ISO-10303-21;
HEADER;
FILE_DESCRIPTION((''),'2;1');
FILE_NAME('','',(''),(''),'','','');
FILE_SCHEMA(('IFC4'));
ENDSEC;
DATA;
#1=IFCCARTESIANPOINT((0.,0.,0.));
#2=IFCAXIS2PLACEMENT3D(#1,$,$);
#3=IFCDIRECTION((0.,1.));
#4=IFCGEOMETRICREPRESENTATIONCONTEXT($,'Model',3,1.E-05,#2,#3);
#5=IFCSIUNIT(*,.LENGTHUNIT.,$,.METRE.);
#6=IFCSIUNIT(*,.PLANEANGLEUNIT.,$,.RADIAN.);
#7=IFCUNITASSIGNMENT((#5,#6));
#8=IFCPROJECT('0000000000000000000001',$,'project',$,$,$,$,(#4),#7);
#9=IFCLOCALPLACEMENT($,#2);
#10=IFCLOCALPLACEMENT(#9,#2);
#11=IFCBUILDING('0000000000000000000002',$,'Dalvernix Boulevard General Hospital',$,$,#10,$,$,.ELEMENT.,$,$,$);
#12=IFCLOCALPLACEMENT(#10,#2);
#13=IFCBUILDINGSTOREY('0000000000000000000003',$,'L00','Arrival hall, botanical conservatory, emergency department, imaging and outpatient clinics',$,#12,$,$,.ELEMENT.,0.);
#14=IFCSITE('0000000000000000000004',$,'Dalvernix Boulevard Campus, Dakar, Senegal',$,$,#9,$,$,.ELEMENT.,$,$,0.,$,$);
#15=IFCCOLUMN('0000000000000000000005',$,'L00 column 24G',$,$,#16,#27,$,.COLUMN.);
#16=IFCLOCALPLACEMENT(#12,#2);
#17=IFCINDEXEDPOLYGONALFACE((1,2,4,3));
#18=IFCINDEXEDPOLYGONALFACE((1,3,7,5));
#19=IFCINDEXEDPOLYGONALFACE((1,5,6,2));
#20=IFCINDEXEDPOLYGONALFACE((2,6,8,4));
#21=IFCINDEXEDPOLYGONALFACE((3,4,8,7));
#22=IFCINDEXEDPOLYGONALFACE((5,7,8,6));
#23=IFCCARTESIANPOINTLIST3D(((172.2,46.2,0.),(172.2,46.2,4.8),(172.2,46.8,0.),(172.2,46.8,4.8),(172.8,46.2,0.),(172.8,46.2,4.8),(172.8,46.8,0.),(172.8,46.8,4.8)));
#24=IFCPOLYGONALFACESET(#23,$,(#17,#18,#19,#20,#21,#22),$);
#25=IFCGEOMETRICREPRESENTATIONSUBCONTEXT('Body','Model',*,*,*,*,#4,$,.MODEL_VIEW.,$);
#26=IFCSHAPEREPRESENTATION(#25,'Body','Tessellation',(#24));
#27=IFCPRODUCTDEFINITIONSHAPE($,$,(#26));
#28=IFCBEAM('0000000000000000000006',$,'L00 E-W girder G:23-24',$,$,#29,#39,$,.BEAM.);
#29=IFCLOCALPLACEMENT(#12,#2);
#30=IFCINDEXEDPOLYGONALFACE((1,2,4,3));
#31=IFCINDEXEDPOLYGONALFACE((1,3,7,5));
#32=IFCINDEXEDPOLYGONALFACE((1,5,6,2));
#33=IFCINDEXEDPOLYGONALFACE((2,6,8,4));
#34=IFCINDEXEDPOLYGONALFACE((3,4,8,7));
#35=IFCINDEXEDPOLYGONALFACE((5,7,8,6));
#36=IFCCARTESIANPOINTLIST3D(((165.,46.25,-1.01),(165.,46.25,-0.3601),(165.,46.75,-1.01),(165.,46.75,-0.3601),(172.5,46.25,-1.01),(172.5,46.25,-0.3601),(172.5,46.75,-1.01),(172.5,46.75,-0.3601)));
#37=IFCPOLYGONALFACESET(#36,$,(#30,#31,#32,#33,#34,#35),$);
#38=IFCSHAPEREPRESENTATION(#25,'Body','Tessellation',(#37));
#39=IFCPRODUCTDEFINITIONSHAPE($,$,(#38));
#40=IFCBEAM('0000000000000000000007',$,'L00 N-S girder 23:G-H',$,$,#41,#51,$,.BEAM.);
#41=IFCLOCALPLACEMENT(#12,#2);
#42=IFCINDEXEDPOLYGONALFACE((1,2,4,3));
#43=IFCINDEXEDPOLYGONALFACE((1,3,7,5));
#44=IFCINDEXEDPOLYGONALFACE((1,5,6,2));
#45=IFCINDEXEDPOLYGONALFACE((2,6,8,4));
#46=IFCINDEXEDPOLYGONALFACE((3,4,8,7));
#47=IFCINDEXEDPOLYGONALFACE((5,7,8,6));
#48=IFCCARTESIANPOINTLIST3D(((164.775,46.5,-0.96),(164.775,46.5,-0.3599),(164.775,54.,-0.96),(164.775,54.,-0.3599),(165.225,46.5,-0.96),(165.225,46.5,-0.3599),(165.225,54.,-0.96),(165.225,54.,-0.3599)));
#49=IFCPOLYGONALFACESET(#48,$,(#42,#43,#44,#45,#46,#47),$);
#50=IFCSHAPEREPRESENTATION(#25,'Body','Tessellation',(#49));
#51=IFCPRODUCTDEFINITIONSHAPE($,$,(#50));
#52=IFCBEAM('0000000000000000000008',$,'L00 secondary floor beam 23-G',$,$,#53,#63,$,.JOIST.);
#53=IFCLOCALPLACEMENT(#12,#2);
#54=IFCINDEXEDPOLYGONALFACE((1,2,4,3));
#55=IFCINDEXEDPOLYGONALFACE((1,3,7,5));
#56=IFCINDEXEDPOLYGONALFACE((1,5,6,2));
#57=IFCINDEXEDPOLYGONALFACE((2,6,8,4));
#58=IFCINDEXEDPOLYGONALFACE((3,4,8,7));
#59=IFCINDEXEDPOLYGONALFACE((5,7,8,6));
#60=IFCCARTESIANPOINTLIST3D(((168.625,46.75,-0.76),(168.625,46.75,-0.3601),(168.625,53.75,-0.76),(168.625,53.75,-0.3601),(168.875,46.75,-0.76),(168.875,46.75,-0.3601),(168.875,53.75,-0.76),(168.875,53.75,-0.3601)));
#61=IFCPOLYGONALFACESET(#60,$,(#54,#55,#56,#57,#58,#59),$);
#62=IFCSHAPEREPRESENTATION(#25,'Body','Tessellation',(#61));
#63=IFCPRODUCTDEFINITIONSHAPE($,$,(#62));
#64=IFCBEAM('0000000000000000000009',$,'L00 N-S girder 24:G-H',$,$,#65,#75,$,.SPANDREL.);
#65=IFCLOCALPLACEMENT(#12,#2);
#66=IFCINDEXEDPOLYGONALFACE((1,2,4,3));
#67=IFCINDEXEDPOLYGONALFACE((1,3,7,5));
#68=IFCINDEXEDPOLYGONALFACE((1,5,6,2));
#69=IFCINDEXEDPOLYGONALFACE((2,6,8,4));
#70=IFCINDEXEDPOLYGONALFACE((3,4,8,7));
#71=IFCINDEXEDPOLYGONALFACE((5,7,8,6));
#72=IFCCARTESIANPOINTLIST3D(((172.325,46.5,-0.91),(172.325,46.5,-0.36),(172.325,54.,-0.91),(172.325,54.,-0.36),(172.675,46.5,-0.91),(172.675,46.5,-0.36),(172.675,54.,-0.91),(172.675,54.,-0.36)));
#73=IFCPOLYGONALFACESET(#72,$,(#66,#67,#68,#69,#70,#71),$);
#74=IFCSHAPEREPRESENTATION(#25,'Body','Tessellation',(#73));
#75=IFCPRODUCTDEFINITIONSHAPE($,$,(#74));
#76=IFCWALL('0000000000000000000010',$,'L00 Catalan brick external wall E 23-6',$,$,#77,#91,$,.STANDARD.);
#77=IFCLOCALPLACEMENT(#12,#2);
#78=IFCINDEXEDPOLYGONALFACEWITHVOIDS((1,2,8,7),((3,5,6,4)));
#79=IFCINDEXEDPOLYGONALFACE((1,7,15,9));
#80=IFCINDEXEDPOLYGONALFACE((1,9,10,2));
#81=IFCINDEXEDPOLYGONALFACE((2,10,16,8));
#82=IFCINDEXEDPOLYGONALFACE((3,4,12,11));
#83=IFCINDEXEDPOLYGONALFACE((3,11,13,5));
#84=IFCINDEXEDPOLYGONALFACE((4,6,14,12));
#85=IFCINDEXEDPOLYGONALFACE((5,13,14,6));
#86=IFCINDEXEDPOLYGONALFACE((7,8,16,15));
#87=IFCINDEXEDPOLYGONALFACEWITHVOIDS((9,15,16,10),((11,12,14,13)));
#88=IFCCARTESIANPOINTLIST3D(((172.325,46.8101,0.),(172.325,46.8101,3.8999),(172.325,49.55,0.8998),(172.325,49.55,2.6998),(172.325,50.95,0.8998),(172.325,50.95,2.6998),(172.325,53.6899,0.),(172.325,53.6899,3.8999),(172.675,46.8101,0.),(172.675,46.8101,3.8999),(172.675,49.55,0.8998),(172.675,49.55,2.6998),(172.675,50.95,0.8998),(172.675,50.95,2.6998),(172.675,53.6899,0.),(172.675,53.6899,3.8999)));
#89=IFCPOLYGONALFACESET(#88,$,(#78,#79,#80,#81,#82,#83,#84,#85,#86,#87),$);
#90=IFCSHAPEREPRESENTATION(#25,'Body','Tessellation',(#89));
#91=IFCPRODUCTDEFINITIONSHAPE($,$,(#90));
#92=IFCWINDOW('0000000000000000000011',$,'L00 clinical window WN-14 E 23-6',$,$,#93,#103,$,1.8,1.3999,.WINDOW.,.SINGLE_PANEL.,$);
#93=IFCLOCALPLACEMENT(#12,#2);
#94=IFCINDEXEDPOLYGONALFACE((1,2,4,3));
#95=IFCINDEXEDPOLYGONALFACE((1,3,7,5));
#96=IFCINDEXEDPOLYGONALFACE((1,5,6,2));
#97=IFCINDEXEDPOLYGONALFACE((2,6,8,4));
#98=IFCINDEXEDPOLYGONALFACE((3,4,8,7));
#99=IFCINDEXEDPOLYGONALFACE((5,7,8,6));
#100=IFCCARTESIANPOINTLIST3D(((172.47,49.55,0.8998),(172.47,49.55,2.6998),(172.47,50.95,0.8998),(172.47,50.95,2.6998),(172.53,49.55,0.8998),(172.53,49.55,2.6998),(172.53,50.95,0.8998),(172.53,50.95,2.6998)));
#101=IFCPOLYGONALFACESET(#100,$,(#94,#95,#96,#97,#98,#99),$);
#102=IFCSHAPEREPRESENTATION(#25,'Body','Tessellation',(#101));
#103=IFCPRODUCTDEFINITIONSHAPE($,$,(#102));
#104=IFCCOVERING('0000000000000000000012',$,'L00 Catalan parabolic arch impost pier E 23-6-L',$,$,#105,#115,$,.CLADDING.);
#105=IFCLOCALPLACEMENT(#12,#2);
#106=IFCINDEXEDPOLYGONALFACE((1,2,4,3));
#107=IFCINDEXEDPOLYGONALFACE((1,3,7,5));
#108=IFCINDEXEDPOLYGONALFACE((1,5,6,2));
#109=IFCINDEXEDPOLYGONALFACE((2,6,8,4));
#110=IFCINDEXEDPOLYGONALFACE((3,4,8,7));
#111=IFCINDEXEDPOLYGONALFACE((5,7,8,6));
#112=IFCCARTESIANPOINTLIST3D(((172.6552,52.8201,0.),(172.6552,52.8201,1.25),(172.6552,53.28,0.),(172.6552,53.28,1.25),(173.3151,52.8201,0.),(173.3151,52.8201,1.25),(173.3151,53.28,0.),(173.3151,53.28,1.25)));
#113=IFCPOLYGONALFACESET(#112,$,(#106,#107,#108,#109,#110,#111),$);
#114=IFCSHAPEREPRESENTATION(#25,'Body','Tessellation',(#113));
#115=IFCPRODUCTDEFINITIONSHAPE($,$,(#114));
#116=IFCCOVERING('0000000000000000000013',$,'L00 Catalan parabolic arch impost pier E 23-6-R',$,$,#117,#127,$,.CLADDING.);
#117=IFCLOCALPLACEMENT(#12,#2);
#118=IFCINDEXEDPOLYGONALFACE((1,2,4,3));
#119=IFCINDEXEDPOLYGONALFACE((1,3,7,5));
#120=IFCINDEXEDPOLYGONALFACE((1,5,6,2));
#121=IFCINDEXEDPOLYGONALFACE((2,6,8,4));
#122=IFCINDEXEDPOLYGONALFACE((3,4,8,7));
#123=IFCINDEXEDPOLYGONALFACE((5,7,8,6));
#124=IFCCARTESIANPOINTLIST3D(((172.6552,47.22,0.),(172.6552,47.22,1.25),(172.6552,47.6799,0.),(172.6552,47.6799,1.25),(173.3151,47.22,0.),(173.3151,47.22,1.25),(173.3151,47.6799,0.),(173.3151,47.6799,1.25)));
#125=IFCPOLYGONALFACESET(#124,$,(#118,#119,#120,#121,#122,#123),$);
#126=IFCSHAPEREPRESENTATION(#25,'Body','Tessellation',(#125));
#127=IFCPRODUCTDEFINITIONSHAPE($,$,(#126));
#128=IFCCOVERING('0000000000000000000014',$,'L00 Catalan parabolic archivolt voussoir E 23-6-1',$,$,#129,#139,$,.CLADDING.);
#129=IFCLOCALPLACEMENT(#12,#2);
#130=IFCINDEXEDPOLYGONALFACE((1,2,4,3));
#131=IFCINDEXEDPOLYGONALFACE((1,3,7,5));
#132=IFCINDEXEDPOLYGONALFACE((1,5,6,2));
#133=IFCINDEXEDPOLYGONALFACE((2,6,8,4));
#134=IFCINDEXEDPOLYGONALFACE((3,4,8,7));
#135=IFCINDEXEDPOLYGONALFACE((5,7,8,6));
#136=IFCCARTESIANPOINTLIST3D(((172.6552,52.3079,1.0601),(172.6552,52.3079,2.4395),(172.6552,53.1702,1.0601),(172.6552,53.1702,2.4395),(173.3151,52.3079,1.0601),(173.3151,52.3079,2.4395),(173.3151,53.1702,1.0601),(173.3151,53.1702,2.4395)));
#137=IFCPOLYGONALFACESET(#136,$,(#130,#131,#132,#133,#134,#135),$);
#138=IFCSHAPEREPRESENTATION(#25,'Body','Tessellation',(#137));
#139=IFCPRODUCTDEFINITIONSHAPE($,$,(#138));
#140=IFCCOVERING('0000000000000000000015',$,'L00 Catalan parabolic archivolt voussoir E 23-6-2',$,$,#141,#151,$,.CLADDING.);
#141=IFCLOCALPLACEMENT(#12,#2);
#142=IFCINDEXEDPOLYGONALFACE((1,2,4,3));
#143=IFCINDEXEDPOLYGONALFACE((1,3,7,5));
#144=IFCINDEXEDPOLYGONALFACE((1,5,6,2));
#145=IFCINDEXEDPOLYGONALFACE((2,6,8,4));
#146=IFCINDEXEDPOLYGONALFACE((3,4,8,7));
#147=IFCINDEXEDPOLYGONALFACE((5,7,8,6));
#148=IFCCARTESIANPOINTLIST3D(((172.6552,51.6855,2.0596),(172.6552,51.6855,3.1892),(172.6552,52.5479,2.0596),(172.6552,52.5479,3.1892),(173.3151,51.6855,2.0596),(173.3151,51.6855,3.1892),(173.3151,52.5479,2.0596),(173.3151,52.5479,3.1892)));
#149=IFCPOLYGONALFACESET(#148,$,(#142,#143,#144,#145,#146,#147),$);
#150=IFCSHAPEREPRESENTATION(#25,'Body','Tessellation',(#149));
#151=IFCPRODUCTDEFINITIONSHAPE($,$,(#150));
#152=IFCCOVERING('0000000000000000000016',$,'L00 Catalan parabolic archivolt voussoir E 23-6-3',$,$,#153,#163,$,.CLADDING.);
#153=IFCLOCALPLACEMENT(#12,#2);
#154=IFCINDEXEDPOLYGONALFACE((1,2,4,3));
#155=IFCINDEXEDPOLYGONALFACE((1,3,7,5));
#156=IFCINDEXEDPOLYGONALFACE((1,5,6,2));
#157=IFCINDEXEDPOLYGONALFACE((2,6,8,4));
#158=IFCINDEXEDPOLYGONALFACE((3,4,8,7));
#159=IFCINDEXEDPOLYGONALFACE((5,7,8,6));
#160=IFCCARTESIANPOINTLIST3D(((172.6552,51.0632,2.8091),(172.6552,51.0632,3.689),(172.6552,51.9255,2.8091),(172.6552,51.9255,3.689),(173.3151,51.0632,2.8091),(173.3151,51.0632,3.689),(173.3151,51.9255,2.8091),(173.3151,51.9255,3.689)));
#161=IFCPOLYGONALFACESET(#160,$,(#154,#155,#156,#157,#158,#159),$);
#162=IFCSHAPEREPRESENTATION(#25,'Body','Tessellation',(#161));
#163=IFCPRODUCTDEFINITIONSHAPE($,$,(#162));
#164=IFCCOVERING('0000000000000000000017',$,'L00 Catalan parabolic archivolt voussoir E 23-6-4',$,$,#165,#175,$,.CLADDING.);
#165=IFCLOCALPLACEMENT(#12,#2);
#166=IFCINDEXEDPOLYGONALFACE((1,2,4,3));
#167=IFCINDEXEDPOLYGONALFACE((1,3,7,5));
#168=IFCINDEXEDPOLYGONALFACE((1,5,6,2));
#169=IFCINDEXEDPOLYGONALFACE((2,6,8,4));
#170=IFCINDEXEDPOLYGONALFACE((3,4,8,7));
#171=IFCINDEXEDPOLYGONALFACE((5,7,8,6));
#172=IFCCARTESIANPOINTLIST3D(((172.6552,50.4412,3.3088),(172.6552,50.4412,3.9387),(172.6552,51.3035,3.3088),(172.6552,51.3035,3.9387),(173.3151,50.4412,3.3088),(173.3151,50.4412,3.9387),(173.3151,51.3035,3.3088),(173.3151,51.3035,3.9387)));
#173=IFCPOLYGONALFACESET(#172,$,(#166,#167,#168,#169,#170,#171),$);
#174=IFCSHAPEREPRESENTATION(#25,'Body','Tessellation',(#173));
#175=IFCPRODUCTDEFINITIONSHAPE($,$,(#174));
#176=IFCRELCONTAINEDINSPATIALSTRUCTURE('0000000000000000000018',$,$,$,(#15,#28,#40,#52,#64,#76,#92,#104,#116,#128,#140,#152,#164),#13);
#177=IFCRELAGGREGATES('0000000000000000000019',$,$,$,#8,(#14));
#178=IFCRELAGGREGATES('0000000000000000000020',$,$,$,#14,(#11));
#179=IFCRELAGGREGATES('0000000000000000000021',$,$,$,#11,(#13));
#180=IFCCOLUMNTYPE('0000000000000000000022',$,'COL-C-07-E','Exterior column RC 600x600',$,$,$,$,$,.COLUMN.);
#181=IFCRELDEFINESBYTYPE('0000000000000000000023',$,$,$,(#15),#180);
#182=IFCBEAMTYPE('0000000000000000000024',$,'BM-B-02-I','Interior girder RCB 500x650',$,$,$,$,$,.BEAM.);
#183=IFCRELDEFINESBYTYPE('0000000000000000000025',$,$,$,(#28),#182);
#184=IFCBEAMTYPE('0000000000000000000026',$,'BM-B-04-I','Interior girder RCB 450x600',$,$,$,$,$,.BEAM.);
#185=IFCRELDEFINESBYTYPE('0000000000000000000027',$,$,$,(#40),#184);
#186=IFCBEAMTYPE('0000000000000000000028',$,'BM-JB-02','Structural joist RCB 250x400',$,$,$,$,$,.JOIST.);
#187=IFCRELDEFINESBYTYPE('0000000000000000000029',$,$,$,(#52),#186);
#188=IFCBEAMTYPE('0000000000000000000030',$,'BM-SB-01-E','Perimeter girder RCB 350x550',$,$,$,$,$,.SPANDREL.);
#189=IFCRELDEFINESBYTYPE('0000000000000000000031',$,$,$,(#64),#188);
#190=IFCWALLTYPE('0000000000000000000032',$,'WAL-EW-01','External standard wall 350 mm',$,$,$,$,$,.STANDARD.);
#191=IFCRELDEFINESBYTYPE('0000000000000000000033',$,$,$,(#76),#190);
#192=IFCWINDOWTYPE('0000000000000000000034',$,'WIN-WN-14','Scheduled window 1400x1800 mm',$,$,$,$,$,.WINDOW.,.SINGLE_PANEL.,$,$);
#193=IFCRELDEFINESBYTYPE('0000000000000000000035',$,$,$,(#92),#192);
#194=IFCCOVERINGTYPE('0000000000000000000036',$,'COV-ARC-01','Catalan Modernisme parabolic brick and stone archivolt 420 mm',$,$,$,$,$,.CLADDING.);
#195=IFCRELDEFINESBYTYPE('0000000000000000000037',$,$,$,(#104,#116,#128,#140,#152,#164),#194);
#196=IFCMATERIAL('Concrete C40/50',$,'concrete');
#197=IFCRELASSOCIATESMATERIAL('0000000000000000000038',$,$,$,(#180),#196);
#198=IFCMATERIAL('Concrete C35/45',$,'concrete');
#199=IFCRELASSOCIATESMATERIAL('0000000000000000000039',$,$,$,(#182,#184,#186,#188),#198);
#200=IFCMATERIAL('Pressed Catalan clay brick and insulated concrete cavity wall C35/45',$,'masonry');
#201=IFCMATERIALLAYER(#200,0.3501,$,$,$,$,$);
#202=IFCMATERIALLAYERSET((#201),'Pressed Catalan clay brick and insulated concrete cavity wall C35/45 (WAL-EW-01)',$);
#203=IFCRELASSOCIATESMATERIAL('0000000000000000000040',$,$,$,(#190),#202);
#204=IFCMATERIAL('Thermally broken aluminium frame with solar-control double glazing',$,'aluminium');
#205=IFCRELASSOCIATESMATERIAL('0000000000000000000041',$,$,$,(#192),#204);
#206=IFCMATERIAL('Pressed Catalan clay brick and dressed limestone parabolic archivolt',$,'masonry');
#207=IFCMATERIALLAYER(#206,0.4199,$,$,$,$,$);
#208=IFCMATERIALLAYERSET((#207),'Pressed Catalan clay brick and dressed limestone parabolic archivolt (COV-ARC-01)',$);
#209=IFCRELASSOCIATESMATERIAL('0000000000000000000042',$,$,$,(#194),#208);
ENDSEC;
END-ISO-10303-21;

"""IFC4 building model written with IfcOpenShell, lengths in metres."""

from ifc_helpers import new_model, si_unit, direction, frame, frame_2d, origin, origin_2d, place, context, subcontext, project, spatial, rectangle, extrude, material, layer, layer_set, material_profile, profile_set, type_object, element, fill, save


model = new_model("IFC4")

# Units and contexts
model_context = context("Model", 3, precision=1e-05, world=origin(), true_north=direction((0.0, 1.0)))
body_context = subcontext(model_context, "Body", "Model", "MODEL_VIEW")
ifc_project = project(units=[si_unit("LENGTHUNIT", "METRE"), si_unit("PLANEANGLEUNIT", "RADIAN")], contexts=[model_context])

# Site, building, storey
site_placement = place(None, origin())
site = spatial("IfcSite", under=ifc_project, at=site_placement, Name="Dalvernix Boulevard Campus, Dakar, Senegal", CompositionType="ELEMENT", RefElevation=0.0)
building_placement = place(site_placement, origin())
building = spatial("IfcBuilding", under=site, at=building_placement, Name="Dalvernix Boulevard General Hospital", CompositionType="ELEMENT")
storey_placement = place(building_placement, origin())
storey = spatial("IfcBuildingStorey", under=building, at=storey_placement, Name="L00", Description="Arrival hall, botanical conservatory, emergency department, imaging and outpatient clinics", CompositionType="ELEMENT", Elevation=0.0)

# Column
ifc_material_1 = material(Name="Concrete C40/50", Category="concrete")
ifc_material_profile_1 = material_profile(ifc_material_1, rectangle(XDim=0.6001, YDim=0.6001, at=origin_2d()), Name="RC 600x600")
ifc_profile_set_1 = profile_set([ifc_material_profile_1], Name="Concrete C40/50")
column_type = type_object("IfcColumnType", Name="COL-C-07-E", Description="Exterior column RC 600x600", PredefinedType="COLUMN", material=ifc_profile_set_1)
column_placement = place(storey_placement, frame((172.5, 46.5, 0.0), z_axis=(0.0, 0.0, 1.0), x_axis=(1.0, 0.0, 0.0)))
element("IfcColumn", 1, at=column_placement, inside=storey, type_object=column_type, Name="L00 column 24G", PredefinedType="COLUMN", context=body_context, shape_type="SweptSolid", body=[
    extrude(rectangle(XDim=0.6001, YDim=0.6001, at=origin_2d()), origin(), (0.0, 0.0, 1.0), 4.8),
])

# Beams
ifc_material_2 = material(Name="Concrete C35/45", Category="concrete")
ifc_material_profile_2 = material_profile(ifc_material_2, rectangle(XDim=0.5, YDim=0.6499, at=origin_2d()), Name="RCB 500x650")
ifc_profile_set_2 = profile_set([ifc_material_profile_2], Name="Concrete C35/45")
beam_type_1 = type_object("IfcBeamType", Name="BM-B-02-I", Description="Interior girder RCB 500x650", PredefinedType="BEAM", material=ifc_profile_set_2)
beam_1_placement = place(storey_placement, frame((165.0, 46.5, -0.6851), z_axis=(1.0, 0.0, 0.0), x_axis=(0.0, 1.0, 0.0)))
element("IfcBeam", 2, at=beam_1_placement, inside=storey, type_object=beam_type_1, Name="L00 E-W girder G:23-24", PredefinedType="BEAM", context=body_context, shape_type="SweptSolid", body=[
    extrude(rectangle(XDim=0.5, YDim=0.6499, at=origin_2d()), origin(), (0.0, 0.0, 1.0), 7.5),
])
ifc_material_profile_3 = material_profile(ifc_material_2, rectangle(XDim=0.45, YDim=0.6001, at=origin_2d()), Name="RCB 450x600")
ifc_profile_set_3 = profile_set([ifc_material_profile_3], Name="Concrete C35/45")
beam_type_2 = type_object("IfcBeamType", Name="BM-B-04-I", Description="Interior girder RCB 450x600", PredefinedType="BEAM", material=ifc_profile_set_3)
beam_2_placement = place(storey_placement, frame((165.0, 46.5, -0.6599), z_axis=(0.0, 1.0, 0.0), x_axis=(-1.0, 0.0, 0.0)))
element("IfcBeam", 3, at=beam_2_placement, inside=storey, type_object=beam_type_2, Name="L00 N-S girder 23:G-H", PredefinedType="BEAM", context=body_context, shape_type="SweptSolid", body=[
    extrude(rectangle(XDim=0.45, YDim=0.6001, at=origin_2d()), origin(), (0.0, 0.0, 1.0), 7.5),
])
ifc_material_profile_4 = material_profile(ifc_material_2, rectangle(XDim=0.25, YDim=0.3999, at=origin_2d()), Name="RCB 250x400")
ifc_profile_set_4 = profile_set([ifc_material_profile_4], Name="Concrete C35/45")
beam_type_3 = type_object("IfcBeamType", Name="BM-JB-02", Description="Structural joist RCB 250x400", PredefinedType="JOIST", material=ifc_profile_set_4)
beam_3_placement = place(storey_placement, frame((168.75, 46.75, -0.5601), z_axis=(0.0, 1.0, 0.0), x_axis=(-1.0, 0.0, 0.0)))
element("IfcBeam", 4, at=beam_3_placement, inside=storey, type_object=beam_type_3, Name="L00 secondary floor beam 23-G", PredefinedType="JOIST", context=body_context, shape_type="SweptSolid", body=[
    extrude(rectangle(XDim=0.25, YDim=0.3999, at=origin_2d()), origin(), (0.0, 0.0, 1.0), 7.0),
])
ifc_material_profile_5 = material_profile(ifc_material_2, rectangle(XDim=0.3501, YDim=0.55, at=origin_2d()), Name="RCB 350x550")
ifc_profile_set_5 = profile_set([ifc_material_profile_5], Name="Concrete C35/45")
beam_type_4 = type_object("IfcBeamType", Name="BM-SB-01-E", Description="Perimeter girder RCB 350x550", PredefinedType="SPANDREL", material=ifc_profile_set_5)
beam_4_placement = place(storey_placement, frame((172.5, 46.5, -0.635), z_axis=(0.0, 1.0, 0.0), x_axis=(-1.0, 0.0, 0.0)))
element("IfcBeam", 5, at=beam_4_placement, inside=storey, type_object=beam_type_4, Name="L00 N-S girder 24:G-H", PredefinedType="SPANDREL", context=body_context, shape_type="SweptSolid", body=[
    extrude(rectangle(XDim=0.3501, YDim=0.55, at=origin_2d()), origin(), (0.0, 0.0, 1.0), 7.5),
])

# Wall, opening, window
ifc_material_3 = material(Name="Pressed Catalan clay brick and insulated concrete cavity wall C35/45", Category="masonry")
ifc_layer_1 = layer(ifc_material_3, 0.3501)
ifc_layer_set_1 = layer_set([ifc_layer_1], Name="Pressed Catalan clay brick and insulated concrete cavity wall C35/45 (WAL-EW-01)")
wall_type = type_object("IfcWallType", Name="WAL-EW-01", Description="External standard wall 350 mm", PredefinedType="STANDARD", material=ifc_layer_set_1)
wall_placement = place(storey_placement, frame((172.5, 53.6899, 0.0), z_axis=(0.0, 0.0, 1.0), x_axis=(0.0, -1.0, 0.0)))
wall = element("IfcWall", 6, at=wall_placement, inside=storey, type_object=wall_type, Name="L00 Catalan brick external wall E 23-6", PredefinedType="STANDARD", context=body_context, shape_type="SweptSolid", body=[
    extrude(rectangle(XDim=6.8799, YDim=0.3501, at=frame_2d((3.4399, 0.0))), origin(), (0.0, 0.0, 1.0), 3.8999),
])
opening_placement = place(wall_placement, frame((2.74, 0.0, 0.8999)))
opening = element("IfcOpeningElement", 7, at=opening_placement, cuts=wall, PredefinedType="OPENING", context=body_context, shape_type="SweptSolid", body=[
    extrude(rectangle(XDim=1.3999, YDim=1.8, at=frame_2d((0.7, 0.8999))), frame((0.0, 0.1851, 0.0), z_axis=(0.0, -1.0, 0.0), x_axis=(1.0, 0.0, 0.0)), (0.0, 0.0, 1.0), 0.3701),
])
ifc_material_4 = material(Name="Thermally broken aluminium frame with solar-control double glazing", Category="aluminium")
window_type = type_object("IfcWindowType", Name="WIN-WN-14", Description="Scheduled window 1400x1800 mm", PartitioningType="SINGLE_PANEL", PredefinedType="WINDOW", material=ifc_material_4)
window_placement = place(opening_placement, origin())
window = element("IfcWindow", 8, at=window_placement, inside=storey, type_object=window_type, Name="L00 clinical window WN-14 E 23-6", OverallHeight=1.8, OverallWidth=1.3999, PartitioningType="SINGLE_PANEL", PredefinedType="WINDOW", context=body_context, shape_type="SweptSolid", body=[
    extrude(rectangle(XDim=1.3999, YDim=1.8, at=frame_2d((0.7, 0.8999))), frame((0.0, 0.03, 0.0), z_axis=(0.0, -1.0, 0.0), x_axis=(1.0, 0.0, 0.0)), (0.0, 0.0, 1.0), 0.0601),
])
fill(opening, window)

# Coverings
ifc_material_5 = material(Name="Pressed Catalan clay brick and dressed limestone parabolic archivolt", Category="masonry")
ifc_layer_2 = layer(ifc_material_5, 0.4199)
ifc_layer_set_2 = layer_set([ifc_layer_2], Name="Pressed Catalan clay brick and dressed limestone parabolic archivolt (COV-ARC-01)")
covering_type_1 = type_object("IfcCoveringType", Name="COV-ARC-01", Description="Catalan Modernisme parabolic brick and stone archivolt 420 mm", PredefinedType="CLADDING", material=ifc_layer_set_2)
for number, where, z_axis, x_axis, name in (
    (9, (172.9851, 53.05, 0.0), (0.0, 0.0, 1.0), (0.0, -1.0, 0.0), "L00 Catalan parabolic arch impost pier E 23-6-L"),
    (10, (172.9851, 47.45, 0.0), (0.0, 0.0, 1.0), (0.0, -1.0, 0.0), "L00 Catalan parabolic arch impost pier E 23-6-R"),
):
    element("IfcCovering", number, at=place(storey_placement, frame(where, z_axis=z_axis, x_axis=x_axis)), inside=storey, type_object=covering_type_1, Name=name, PredefinedType="CLADDING", context=body_context, shape_type="SweptSolid", body=[
        extrude(rectangle(XDim=0.46, YDim=0.6599, at=origin_2d()), origin(), (0.0, 0.0, 1.0), 1.25),
    ])
covering_1_placement = place(storey_placement, frame((172.9851, 52.739, 1.0601), z_axis=(0.0, 0.0, 1.0), x_axis=(0.0, -1.0, 0.0)))
element("IfcCovering", 11, at=covering_1_placement, inside=storey, type_object=covering_type_1, Name="L00 Catalan parabolic archivolt voussoir E 23-6-1", PredefinedType="CLADDING", context=body_context, shape_type="SweptSolid", body=[
    extrude(rectangle(XDim=0.8623, YDim=0.6599, at=origin_2d()), origin(), (0.0, 0.0, 1.0), 1.3794),
])
covering_2_placement = place(storey_placement, frame((172.9851, 52.1167, 2.0596), z_axis=(0.0, 0.0, 1.0), x_axis=(0.0, -1.0, 0.0)))
element("IfcCovering", 12, at=covering_2_placement, inside=storey, type_object=covering_type_1, Name="L00 Catalan parabolic archivolt voussoir E 23-6-2", PredefinedType="CLADDING", context=body_context, shape_type="SweptSolid", body=[
    extrude(rectangle(XDim=0.8623, YDim=0.6599, at=origin_2d()), origin(), (0.0, 0.0, 1.0), 1.1296),
])
covering_3_placement = place(storey_placement, frame((172.9851, 51.4944, 2.8091), z_axis=(0.0, 0.0, 1.0), x_axis=(0.0, -1.0, 0.0)))
element("IfcCovering", 13, at=covering_3_placement, inside=storey, type_object=covering_type_1, Name="L00 Catalan parabolic archivolt voussoir E 23-6-3", PredefinedType="CLADDING", context=body_context, shape_type="SweptSolid", body=[
    extrude(rectangle(XDim=0.8623, YDim=0.6599, at=origin_2d()), origin(), (0.0, 0.0, 1.0), 0.8799),
])
covering_4_placement = place(storey_placement, frame((172.9851, 50.8723, 3.3088), z_axis=(0.0, 0.0, 1.0), x_axis=(0.0, -1.0, 0.0)))
element("IfcCovering", 14, at=covering_4_placement, inside=storey, type_object=covering_type_1, Name="L00 Catalan parabolic archivolt voussoir E 23-6-4", PredefinedType="CLADDING", context=body_context, shape_type="SweptSolid", body=[
    extrude(rectangle(XDim=0.8623, YDim=0.6599, at=origin_2d()), origin(), (0.0, 0.0, 1.0), 0.6299),
])

save(model, "model.ifc")
